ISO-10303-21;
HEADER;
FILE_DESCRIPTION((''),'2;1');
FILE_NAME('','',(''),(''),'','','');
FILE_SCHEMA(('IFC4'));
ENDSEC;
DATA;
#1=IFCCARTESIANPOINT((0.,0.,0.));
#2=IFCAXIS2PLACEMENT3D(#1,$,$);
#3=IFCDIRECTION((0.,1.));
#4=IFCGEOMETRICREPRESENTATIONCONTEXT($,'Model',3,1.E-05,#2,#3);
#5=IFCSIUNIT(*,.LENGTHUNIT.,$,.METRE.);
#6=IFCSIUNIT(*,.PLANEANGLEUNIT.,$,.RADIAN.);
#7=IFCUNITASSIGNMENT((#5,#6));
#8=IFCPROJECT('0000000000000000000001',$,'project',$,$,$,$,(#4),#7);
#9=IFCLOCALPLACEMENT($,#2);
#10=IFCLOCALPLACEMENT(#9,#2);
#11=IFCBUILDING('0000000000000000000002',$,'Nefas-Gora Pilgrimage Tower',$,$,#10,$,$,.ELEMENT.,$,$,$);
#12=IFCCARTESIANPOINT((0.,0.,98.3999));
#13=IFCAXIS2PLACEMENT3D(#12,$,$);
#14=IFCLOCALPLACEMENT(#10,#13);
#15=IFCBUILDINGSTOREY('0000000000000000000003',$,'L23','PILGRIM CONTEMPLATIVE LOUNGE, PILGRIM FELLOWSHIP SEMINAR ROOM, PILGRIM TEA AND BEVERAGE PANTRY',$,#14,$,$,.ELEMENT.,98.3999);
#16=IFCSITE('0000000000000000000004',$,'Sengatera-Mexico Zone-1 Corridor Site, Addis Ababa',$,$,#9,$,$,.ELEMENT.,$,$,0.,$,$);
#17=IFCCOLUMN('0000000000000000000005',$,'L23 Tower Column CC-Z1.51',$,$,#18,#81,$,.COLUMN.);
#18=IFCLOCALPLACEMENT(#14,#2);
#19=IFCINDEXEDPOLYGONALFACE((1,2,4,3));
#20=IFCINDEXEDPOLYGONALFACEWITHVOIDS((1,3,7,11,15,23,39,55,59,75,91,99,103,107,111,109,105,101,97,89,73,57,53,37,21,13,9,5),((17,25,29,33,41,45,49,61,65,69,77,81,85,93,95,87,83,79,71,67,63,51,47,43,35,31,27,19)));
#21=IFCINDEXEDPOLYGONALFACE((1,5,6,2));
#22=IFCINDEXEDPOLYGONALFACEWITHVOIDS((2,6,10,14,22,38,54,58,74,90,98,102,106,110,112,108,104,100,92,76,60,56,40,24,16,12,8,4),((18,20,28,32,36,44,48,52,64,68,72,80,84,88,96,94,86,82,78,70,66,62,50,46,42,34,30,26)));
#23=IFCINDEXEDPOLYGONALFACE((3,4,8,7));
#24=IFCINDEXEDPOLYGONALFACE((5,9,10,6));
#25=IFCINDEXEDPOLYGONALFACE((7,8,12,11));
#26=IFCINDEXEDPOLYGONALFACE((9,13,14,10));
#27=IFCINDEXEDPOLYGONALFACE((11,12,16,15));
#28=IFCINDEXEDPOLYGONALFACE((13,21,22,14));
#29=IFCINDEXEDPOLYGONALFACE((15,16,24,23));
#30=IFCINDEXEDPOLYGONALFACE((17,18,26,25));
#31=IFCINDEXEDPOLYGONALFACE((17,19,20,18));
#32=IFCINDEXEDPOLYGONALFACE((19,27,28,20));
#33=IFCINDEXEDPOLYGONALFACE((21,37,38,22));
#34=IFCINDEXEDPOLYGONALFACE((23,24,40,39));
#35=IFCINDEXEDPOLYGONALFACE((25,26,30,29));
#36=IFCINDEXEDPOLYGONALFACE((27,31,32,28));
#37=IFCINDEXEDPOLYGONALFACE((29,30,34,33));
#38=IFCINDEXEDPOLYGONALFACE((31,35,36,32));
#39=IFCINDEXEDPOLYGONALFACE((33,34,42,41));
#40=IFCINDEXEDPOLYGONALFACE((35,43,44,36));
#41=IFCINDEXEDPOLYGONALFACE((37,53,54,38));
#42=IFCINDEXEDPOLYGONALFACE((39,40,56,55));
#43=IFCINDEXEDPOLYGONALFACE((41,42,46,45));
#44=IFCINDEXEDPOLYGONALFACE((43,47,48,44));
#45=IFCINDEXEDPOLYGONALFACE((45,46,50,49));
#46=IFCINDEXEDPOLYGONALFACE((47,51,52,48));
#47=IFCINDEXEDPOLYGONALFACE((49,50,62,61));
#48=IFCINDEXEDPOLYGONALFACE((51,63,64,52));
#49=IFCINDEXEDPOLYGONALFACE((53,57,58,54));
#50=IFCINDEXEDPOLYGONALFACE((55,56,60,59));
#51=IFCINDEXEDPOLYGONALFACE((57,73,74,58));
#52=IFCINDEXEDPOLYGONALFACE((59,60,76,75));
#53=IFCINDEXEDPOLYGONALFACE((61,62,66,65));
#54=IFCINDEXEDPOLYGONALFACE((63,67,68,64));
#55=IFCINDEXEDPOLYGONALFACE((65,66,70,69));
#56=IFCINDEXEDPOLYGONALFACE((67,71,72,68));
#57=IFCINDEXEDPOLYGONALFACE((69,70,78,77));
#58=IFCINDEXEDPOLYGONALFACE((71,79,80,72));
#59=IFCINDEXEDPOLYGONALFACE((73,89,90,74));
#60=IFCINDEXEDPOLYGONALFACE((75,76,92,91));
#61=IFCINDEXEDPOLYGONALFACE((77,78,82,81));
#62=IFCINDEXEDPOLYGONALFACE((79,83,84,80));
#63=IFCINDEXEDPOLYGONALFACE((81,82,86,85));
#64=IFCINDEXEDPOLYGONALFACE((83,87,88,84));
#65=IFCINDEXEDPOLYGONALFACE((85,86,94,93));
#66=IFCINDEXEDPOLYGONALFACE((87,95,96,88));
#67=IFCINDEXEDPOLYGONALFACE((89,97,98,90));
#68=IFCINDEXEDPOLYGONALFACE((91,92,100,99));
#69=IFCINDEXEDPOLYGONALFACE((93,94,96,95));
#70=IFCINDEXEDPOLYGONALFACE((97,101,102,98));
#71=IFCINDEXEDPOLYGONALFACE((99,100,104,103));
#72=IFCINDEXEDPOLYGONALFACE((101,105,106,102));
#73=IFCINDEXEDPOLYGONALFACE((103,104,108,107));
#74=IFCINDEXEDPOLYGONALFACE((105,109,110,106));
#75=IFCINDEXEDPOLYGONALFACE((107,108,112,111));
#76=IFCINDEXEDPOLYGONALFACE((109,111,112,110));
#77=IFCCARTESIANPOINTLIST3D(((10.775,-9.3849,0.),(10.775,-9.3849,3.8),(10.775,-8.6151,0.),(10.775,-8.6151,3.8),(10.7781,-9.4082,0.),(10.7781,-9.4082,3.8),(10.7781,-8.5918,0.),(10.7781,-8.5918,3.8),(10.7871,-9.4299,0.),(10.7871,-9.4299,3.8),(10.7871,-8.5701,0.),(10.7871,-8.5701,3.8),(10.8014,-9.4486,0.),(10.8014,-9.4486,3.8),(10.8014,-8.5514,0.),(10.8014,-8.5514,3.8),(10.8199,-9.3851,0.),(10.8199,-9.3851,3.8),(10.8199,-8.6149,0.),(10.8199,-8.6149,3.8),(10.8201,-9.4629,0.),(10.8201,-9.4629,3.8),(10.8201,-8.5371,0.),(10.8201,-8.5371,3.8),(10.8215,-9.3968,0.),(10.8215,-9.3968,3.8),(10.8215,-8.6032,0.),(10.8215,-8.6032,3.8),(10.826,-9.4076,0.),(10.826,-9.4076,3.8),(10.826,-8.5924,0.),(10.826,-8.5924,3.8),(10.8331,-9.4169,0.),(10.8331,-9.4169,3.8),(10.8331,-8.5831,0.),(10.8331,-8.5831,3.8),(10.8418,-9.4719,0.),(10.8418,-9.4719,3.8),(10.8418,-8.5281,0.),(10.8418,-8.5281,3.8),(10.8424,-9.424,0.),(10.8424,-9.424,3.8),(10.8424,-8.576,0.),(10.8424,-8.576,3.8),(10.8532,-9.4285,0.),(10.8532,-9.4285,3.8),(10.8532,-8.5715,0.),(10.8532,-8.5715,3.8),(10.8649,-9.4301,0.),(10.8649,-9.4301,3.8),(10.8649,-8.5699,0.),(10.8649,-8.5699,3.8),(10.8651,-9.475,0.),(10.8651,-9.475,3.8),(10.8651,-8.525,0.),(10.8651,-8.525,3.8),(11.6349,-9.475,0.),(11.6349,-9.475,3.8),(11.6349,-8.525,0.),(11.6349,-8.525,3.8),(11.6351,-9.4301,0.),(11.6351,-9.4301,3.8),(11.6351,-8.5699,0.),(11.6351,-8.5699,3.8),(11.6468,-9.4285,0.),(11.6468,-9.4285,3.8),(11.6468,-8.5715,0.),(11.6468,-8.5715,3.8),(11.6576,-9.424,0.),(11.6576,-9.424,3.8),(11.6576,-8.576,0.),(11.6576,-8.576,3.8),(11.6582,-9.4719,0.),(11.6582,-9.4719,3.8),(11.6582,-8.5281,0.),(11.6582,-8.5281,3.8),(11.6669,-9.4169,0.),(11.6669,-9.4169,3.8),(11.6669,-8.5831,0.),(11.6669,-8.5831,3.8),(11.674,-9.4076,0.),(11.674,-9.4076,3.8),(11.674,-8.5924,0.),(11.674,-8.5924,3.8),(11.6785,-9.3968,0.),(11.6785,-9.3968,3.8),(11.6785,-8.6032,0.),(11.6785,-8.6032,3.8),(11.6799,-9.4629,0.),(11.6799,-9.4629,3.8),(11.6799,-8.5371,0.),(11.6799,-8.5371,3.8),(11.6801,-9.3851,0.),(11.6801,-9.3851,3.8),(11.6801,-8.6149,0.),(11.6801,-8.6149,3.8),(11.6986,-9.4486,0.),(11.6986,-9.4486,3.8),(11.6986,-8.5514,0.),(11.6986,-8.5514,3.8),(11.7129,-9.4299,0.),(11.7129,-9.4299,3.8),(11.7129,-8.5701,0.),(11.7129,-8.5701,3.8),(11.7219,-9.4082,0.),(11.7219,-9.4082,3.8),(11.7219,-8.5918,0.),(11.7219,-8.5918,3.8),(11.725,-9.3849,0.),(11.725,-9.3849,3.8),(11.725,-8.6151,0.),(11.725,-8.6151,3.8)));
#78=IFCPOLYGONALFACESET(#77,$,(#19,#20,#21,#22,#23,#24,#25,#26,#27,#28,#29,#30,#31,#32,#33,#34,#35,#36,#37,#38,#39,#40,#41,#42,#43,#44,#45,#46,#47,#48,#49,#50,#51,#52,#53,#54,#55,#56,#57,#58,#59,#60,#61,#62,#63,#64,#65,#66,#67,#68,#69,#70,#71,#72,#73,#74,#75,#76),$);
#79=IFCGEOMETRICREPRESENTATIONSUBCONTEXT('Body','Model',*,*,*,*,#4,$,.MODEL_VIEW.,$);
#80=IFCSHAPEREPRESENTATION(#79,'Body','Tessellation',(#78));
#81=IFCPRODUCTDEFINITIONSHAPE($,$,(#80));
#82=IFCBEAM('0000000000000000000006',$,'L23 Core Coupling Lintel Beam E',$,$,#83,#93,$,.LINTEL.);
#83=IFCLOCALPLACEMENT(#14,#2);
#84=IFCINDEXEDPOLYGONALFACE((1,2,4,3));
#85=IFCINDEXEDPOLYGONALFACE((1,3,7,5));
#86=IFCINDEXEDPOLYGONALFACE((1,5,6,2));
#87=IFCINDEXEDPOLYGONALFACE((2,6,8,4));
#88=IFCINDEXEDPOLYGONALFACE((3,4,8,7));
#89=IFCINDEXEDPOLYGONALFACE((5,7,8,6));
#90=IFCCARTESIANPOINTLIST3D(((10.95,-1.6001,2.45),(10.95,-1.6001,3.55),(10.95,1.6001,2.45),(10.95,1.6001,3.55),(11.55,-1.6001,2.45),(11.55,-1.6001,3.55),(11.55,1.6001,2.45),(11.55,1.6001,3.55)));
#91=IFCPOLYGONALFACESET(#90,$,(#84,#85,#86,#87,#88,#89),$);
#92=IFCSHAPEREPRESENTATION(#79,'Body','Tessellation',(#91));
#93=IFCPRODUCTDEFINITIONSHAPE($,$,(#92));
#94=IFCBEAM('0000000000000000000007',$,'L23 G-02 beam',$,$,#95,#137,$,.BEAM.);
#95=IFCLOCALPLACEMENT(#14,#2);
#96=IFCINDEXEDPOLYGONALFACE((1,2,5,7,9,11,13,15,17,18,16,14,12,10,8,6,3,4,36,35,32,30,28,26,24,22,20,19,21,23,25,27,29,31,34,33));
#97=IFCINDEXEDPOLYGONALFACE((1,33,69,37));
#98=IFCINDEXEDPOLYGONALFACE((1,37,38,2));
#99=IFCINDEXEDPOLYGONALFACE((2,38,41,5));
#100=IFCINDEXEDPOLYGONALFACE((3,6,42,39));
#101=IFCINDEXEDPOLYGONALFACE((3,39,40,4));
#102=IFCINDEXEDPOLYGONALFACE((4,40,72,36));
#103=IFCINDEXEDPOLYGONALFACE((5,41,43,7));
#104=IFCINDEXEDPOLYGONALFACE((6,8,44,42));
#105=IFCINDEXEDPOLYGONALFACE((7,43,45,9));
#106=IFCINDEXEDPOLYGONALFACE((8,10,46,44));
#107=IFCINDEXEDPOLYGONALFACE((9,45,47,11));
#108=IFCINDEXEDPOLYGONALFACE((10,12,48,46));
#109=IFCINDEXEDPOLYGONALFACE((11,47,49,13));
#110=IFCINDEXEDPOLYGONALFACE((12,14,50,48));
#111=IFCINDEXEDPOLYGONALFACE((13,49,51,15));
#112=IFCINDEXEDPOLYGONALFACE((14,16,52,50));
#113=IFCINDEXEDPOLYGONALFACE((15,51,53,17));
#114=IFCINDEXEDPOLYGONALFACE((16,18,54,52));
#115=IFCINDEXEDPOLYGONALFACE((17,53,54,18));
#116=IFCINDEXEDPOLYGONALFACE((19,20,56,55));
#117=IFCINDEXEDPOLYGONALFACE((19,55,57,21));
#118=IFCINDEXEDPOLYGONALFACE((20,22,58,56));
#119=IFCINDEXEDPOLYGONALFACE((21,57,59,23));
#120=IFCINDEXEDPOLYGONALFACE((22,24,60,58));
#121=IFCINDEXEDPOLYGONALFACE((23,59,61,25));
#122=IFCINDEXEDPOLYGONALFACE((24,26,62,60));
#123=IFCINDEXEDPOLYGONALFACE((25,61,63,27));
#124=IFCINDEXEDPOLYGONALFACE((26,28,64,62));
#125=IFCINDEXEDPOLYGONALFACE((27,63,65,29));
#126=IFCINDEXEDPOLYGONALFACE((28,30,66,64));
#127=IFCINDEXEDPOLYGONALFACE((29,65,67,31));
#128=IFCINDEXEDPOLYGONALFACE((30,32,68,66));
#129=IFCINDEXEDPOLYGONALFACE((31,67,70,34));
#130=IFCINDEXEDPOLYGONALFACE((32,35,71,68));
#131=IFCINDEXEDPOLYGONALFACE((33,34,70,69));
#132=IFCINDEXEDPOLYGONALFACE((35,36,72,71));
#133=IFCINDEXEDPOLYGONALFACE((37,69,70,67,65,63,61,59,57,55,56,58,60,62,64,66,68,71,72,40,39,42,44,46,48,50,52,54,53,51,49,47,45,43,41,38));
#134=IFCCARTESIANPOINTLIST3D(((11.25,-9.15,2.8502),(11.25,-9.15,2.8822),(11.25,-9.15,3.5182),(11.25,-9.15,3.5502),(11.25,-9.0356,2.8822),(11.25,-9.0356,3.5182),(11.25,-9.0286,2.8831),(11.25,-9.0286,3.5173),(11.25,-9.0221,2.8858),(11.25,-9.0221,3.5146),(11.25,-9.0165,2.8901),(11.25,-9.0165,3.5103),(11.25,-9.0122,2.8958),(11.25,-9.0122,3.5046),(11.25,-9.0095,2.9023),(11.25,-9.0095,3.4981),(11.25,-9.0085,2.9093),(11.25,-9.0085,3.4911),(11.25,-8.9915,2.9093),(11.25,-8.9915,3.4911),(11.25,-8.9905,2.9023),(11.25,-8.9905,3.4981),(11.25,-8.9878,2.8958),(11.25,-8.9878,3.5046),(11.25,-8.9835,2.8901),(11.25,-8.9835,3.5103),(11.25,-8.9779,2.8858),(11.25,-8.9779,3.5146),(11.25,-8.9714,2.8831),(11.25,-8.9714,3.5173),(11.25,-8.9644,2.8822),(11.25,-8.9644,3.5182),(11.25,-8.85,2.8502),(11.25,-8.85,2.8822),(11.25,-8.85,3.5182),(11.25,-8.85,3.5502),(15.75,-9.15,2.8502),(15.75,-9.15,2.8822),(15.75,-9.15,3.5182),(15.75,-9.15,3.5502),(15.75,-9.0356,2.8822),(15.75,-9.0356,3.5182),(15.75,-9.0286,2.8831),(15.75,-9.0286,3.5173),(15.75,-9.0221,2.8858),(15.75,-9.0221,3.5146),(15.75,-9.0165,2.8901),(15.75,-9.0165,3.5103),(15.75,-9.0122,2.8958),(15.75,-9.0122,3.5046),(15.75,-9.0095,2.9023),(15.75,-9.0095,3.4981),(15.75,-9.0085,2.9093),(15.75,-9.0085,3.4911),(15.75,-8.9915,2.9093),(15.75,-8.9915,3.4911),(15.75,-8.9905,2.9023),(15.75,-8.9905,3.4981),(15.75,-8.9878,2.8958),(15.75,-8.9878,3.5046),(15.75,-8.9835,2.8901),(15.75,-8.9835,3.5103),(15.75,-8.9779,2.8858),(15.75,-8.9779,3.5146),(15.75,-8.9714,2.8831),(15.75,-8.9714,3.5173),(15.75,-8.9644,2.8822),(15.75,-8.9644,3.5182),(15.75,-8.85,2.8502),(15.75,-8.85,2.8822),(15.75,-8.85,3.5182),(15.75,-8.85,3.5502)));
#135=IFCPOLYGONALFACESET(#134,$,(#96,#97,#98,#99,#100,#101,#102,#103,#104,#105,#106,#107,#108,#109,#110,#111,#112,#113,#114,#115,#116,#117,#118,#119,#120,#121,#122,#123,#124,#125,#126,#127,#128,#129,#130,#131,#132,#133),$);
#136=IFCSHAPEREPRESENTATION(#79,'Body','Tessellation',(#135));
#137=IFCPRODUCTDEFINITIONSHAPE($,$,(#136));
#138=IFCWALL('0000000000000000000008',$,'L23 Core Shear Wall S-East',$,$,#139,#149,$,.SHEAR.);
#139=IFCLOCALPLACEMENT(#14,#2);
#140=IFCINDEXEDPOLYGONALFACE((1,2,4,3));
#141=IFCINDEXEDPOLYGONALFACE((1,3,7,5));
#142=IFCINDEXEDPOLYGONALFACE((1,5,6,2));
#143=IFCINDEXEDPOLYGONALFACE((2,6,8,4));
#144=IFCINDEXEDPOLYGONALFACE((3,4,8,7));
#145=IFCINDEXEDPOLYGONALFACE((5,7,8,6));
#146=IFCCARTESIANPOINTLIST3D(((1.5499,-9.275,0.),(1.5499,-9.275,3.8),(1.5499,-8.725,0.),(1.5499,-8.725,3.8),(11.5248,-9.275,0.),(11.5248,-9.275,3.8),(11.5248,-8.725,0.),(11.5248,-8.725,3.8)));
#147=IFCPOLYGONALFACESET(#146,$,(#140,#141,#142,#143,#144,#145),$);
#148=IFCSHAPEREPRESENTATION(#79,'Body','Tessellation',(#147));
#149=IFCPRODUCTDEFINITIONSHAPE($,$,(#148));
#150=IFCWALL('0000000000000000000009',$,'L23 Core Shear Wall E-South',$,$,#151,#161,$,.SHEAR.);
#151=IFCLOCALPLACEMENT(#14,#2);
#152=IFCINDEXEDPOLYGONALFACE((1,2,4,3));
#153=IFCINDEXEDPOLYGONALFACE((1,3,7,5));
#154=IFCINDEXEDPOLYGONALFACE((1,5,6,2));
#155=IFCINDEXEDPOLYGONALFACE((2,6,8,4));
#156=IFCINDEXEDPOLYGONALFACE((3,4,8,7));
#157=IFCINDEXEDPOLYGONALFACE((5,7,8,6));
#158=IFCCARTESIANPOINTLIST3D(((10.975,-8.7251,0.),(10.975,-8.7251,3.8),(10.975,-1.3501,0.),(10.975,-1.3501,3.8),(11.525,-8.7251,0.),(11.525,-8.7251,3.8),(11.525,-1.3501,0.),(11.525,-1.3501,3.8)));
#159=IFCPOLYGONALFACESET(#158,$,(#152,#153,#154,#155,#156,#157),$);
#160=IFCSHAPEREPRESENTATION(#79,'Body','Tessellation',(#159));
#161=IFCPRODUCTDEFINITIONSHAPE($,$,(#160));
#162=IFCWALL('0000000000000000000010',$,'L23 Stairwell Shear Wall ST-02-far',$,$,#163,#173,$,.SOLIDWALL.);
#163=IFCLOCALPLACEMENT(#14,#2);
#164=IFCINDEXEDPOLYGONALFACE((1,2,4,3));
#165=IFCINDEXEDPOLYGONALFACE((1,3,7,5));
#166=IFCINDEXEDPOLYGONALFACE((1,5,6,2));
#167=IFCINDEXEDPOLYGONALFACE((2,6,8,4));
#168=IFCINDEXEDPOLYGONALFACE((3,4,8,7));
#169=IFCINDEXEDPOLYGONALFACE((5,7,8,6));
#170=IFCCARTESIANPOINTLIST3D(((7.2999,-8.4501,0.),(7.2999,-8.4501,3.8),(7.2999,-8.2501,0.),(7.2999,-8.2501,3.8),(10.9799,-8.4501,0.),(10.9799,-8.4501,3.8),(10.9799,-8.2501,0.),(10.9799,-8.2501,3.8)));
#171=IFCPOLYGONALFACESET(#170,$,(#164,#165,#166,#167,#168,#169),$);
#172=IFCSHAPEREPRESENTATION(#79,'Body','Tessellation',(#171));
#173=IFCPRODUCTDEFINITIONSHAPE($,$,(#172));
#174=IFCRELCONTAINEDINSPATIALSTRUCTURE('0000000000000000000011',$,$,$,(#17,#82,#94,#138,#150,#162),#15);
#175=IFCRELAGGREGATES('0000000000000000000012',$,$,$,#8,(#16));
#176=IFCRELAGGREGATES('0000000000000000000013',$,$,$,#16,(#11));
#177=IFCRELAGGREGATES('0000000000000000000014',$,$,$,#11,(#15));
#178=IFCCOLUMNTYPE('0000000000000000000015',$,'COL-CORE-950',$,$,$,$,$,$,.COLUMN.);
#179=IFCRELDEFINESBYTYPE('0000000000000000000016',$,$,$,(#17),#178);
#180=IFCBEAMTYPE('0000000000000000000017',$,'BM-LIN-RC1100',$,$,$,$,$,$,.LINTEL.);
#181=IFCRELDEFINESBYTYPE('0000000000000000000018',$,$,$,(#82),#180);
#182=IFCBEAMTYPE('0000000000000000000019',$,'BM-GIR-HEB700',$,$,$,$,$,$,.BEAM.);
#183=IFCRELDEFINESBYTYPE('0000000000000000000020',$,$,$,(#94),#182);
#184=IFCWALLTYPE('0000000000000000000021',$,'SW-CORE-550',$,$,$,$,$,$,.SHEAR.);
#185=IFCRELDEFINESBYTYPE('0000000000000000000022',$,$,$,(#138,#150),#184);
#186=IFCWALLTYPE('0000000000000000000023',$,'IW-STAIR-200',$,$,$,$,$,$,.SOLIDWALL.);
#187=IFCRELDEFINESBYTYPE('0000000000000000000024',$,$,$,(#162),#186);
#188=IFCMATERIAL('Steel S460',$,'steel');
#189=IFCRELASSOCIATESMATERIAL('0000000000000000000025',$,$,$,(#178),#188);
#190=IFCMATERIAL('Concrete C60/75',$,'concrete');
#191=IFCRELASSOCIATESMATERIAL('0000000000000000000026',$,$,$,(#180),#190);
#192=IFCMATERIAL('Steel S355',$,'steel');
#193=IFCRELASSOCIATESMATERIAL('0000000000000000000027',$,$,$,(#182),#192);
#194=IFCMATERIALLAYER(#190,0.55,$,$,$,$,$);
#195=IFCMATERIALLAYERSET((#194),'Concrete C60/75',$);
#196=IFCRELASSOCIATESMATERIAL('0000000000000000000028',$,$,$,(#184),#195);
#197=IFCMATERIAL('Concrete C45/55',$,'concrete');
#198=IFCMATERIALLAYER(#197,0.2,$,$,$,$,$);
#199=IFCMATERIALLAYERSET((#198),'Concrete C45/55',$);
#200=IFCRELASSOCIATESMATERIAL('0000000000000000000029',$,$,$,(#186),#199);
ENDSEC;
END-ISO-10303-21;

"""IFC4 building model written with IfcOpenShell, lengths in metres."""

from ifc_helpers import new_model, si_unit, direction, frame, frame_2d, origin, origin_2d, place, context, subcontext, project, spatial, rectangle, hollow_rectangle, i_section, extrude, source, transform, mapped, material, layer, layer_set, material_profile, profile_set, type_object, element, save


model = new_model("IFC4")

# Units and contexts
model_context = context("Model", 3, precision=1e-05, world=origin(), true_north=direction((0.0, 1.0)))
body_context = subcontext(model_context, "Body", "Model", "MODEL_VIEW")
ifc_project = project(units=[si_unit("LENGTHUNIT", "METRE"), si_unit("PLANEANGLEUNIT", "RADIAN")], contexts=[model_context])

# Site, building, storey
site_placement = place(None, origin())
site = spatial("IfcSite", under=ifc_project, at=site_placement, Name="Sengatera-Mexico Zone-1 Corridor Site, Addis Ababa", CompositionType="ELEMENT", RefElevation=0.0)
building_placement = place(site_placement, origin())
building = spatial("IfcBuilding", under=site, at=building_placement, Name="Nefas-Gora Pilgrimage Tower", CompositionType="ELEMENT")
storey_placement = place(building_placement, frame((0.0, 0.0, 98.3999)))
storey = spatial("IfcBuildingStorey", under=building, at=storey_placement, Name="L23", Description="PILGRIM CONTEMPLATIVE LOUNGE, PILGRIM FELLOWSHIP SEMINAR ROOM, PILGRIM TEA AND BEVERAGE PANTRY", CompositionType="ELEMENT", Elevation=98.3999)

# Column
ifc_material_1 = material(Name="Steel S460", Category="steel")
ifc_material_profile_1 = material_profile(ifc_material_1, hollow_rectangle(XDim=0.95, YDim=0.95, WallThickness=0.0449, InnerFilletRadius=0.0449, OuterFilletRadius=0.0901, at=origin_2d()), Name="BOX 950x950x45")
ifc_profile_set_1 = profile_set([ifc_material_profile_1], Name="Steel S460")
column_type = type_object("IfcColumnType", Name="COL-CORE-950", PredefinedType="COLUMN", material=ifc_profile_set_1)
shared_shape_1 = source(origin(), body_context, "Body", "SweptSolid", [
    extrude(hollow_rectangle(XDim=0.95, YDim=0.95, WallThickness=0.0449, InnerFilletRadius=0.0449, OuterFilletRadius=0.0901, at=origin_2d()), origin(), (0.0, 0.0, 1.0), 3.8),
])
column_placement = place(storey_placement, frame((11.25, -9.0, 0.0), z_axis=(0.0, 0.0, 1.0), x_axis=(1.0, 0.0, 0.0)))
element("IfcColumn", 1, at=column_placement, inside=storey, type_object=column_type, Name="L23 Tower Column CC-Z1.51", PredefinedType="COLUMN", context=body_context, shape_type="MappedRepresentation", body=[
    mapped(shared_shape_1, transform((0.0, 0.0, 0.0), x_axis=(1.0, 0.0, 0.0), y_axis=(0.0, 1.0, 0.0), z_axis=(0.0, 0.0, 1.0), scale=1.0)),
])

# Beams
ifc_material_2 = material(Name="Concrete C60/75", Category="concrete")
ifc_material_profile_2 = material_profile(ifc_material_2, rectangle(XDim=0.6001, YDim=1.1001, at=origin_2d()), Name="RC 600x1100")
ifc_profile_set_2 = profile_set([ifc_material_profile_2], Name="Concrete C60/75")
beam_type_1 = type_object("IfcBeamType", Name="BM-LIN-RC1100", PredefinedType="LINTEL", material=ifc_profile_set_2)
shared_shape_2 = source(origin(), body_context, "Body", "SweptSolid", [
    extrude(rectangle(XDim=0.6001, YDim=1.1001, at=origin_2d()), origin(), (0.0, 0.0, 1.0), 3.2002),
])
beam_1_placement = place(storey_placement, frame((11.25, -1.6001, 3.0), z_axis=(0.0, 1.0, 0.0), x_axis=(-1.0, 0.0, 0.0)))
element("IfcBeam", 2, at=beam_1_placement, inside=storey, type_object=beam_type_1, Name="L23 Core Coupling Lintel Beam E", PredefinedType="LINTEL", context=body_context, shape_type="MappedRepresentation", body=[
    mapped(shared_shape_2, transform((0.0, 0.0, 0.0), x_axis=(1.0, 0.0, 0.0), y_axis=(0.0, 1.0, 0.0), z_axis=(0.0, 0.0, 1.0), scale=1.0)),
])
ifc_material_3 = material(Name="Steel S355", Category="steel")
ifc_material_profile_3 = material_profile(ifc_material_3, i_section(OverallWidth=0.3, OverallDepth=0.7, WebThickness=0.0171, FlangeThickness=0.032, FilletRadius=0.0271, at=origin_2d()), Name="HEB 700")
ifc_profile_set_3 = profile_set([ifc_material_profile_3], Name="Steel S355")
beam_type_2 = type_object("IfcBeamType", Name="BM-GIR-HEB700", PredefinedType="BEAM", material=ifc_profile_set_3)
shared_shape_3 = source(origin(), body_context, "Body", "SweptSolid", [
    extrude(i_section(OverallWidth=0.3, OverallDepth=0.7, WebThickness=0.0171, FlangeThickness=0.032, FilletRadius=0.0271, at=origin_2d()), origin(), (0.0, 0.0, 1.0), 4.5),
])
beam_2_placement = place(storey_placement, frame((11.25, -9.0, 3.2002), z_axis=(1.0, 0.0, 0.0), x_axis=(0.0, 1.0, 0.0)))
element("IfcBeam", 3, at=beam_2_placement, inside=storey, type_object=beam_type_2, Name="L23 G-02 beam", PredefinedType="BEAM", context=body_context, shape_type="MappedRepresentation", body=[
    mapped(shared_shape_3, transform((0.0, 0.0, 0.0), x_axis=(1.0, 0.0, 0.0), y_axis=(0.0, 1.0, 0.0), z_axis=(0.0, 0.0, 1.0), scale=1.0)),
])

# Walls
ifc_layer_1 = layer(ifc_material_2, 0.55)
ifc_layer_set_1 = layer_set([ifc_layer_1], Name="Concrete C60/75")
wall_type_1 = type_object("IfcWallType", Name="SW-CORE-550", PredefinedType="SHEAR", material=ifc_layer_set_1)
shared_shape_4 = source(origin(), body_context, "Body", "SweptSolid", [
    extrude(rectangle(XDim=9.9749, YDim=0.55, at=frame_2d((4.9873, 0.0))), origin(), (0.0, 0.0, 1.0), 3.8),
])
wall_1_placement = place(storey_placement, frame((1.55, -9.0, 0.0), z_axis=(0.0, 0.0, 1.0), x_axis=(1.0, 0.0, 0.0)))
element("IfcWall", 4, at=wall_1_placement, inside=storey, type_object=wall_type_1, Name="L23 Core Shear Wall S-East", PredefinedType="SHEAR", context=body_context, shape_type="MappedRepresentation", body=[
    mapped(shared_shape_4, transform((0.0, 0.0, 0.0), x_axis=(1.0, 0.0, 0.0), y_axis=(0.0, 1.0, 0.0), z_axis=(0.0, 0.0, 1.0), scale=1.0)),
])
shared_shape_5 = source(origin(), body_context, "Body", "SweptSolid", [
    extrude(rectangle(XDim=7.375, YDim=0.55, at=frame_2d((3.6875, 0.0))), origin(), (0.0, 0.0, 1.0), 3.8),
])
wall_2_placement = place(storey_placement, frame((11.25, -8.7251, 0.0), z_axis=(0.0, 0.0, 1.0), x_axis=(0.0, 1.0, 0.0)))
element("IfcWall", 5, at=wall_2_placement, inside=storey, type_object=wall_type_1, Name="L23 Core Shear Wall E-South", PredefinedType="SHEAR", context=body_context, shape_type="MappedRepresentation", body=[
    mapped(shared_shape_5, transform((0.0, 0.0, 0.0), x_axis=(1.0, 0.0, 0.0), y_axis=(0.0, 1.0, 0.0), z_axis=(0.0, 0.0, 1.0), scale=1.0)),
])
ifc_material_4 = material(Name="Concrete C45/55", Category="concrete")
ifc_layer_2 = layer(ifc_material_4, 0.2)
ifc_layer_set_2 = layer_set([ifc_layer_2], Name="Concrete C45/55")
wall_type_2 = type_object("IfcWallType", Name="IW-STAIR-200", PredefinedType="SOLIDWALL", material=ifc_layer_set_2)
shared_shape_6 = source(origin(), body_context, "Body", "SweptSolid", [
    extrude(rectangle(XDim=3.6799, YDim=0.2, at=frame_2d((1.8398, 0.0))), origin(), (0.0, 0.0, 1.0), 3.8),
])
wall_3_placement = place(storey_placement, frame((7.3, -8.3501, 0.0), z_axis=(0.0, 0.0, 1.0), x_axis=(1.0, 0.0, 0.0)))
element("IfcWall", 6, at=wall_3_placement, inside=storey, type_object=wall_type_2, Name="L23 Stairwell Shear Wall ST-02-far", PredefinedType="SOLIDWALL", context=body_context, shape_type="MappedRepresentation", body=[
    mapped(shared_shape_6, transform((0.0, 0.0, 0.0), x_axis=(1.0, 0.0, 0.0), y_axis=(0.0, 1.0, 0.0), z_axis=(0.0, 0.0, 1.0), scale=1.0)),
])

save(model, "model.ifc")
